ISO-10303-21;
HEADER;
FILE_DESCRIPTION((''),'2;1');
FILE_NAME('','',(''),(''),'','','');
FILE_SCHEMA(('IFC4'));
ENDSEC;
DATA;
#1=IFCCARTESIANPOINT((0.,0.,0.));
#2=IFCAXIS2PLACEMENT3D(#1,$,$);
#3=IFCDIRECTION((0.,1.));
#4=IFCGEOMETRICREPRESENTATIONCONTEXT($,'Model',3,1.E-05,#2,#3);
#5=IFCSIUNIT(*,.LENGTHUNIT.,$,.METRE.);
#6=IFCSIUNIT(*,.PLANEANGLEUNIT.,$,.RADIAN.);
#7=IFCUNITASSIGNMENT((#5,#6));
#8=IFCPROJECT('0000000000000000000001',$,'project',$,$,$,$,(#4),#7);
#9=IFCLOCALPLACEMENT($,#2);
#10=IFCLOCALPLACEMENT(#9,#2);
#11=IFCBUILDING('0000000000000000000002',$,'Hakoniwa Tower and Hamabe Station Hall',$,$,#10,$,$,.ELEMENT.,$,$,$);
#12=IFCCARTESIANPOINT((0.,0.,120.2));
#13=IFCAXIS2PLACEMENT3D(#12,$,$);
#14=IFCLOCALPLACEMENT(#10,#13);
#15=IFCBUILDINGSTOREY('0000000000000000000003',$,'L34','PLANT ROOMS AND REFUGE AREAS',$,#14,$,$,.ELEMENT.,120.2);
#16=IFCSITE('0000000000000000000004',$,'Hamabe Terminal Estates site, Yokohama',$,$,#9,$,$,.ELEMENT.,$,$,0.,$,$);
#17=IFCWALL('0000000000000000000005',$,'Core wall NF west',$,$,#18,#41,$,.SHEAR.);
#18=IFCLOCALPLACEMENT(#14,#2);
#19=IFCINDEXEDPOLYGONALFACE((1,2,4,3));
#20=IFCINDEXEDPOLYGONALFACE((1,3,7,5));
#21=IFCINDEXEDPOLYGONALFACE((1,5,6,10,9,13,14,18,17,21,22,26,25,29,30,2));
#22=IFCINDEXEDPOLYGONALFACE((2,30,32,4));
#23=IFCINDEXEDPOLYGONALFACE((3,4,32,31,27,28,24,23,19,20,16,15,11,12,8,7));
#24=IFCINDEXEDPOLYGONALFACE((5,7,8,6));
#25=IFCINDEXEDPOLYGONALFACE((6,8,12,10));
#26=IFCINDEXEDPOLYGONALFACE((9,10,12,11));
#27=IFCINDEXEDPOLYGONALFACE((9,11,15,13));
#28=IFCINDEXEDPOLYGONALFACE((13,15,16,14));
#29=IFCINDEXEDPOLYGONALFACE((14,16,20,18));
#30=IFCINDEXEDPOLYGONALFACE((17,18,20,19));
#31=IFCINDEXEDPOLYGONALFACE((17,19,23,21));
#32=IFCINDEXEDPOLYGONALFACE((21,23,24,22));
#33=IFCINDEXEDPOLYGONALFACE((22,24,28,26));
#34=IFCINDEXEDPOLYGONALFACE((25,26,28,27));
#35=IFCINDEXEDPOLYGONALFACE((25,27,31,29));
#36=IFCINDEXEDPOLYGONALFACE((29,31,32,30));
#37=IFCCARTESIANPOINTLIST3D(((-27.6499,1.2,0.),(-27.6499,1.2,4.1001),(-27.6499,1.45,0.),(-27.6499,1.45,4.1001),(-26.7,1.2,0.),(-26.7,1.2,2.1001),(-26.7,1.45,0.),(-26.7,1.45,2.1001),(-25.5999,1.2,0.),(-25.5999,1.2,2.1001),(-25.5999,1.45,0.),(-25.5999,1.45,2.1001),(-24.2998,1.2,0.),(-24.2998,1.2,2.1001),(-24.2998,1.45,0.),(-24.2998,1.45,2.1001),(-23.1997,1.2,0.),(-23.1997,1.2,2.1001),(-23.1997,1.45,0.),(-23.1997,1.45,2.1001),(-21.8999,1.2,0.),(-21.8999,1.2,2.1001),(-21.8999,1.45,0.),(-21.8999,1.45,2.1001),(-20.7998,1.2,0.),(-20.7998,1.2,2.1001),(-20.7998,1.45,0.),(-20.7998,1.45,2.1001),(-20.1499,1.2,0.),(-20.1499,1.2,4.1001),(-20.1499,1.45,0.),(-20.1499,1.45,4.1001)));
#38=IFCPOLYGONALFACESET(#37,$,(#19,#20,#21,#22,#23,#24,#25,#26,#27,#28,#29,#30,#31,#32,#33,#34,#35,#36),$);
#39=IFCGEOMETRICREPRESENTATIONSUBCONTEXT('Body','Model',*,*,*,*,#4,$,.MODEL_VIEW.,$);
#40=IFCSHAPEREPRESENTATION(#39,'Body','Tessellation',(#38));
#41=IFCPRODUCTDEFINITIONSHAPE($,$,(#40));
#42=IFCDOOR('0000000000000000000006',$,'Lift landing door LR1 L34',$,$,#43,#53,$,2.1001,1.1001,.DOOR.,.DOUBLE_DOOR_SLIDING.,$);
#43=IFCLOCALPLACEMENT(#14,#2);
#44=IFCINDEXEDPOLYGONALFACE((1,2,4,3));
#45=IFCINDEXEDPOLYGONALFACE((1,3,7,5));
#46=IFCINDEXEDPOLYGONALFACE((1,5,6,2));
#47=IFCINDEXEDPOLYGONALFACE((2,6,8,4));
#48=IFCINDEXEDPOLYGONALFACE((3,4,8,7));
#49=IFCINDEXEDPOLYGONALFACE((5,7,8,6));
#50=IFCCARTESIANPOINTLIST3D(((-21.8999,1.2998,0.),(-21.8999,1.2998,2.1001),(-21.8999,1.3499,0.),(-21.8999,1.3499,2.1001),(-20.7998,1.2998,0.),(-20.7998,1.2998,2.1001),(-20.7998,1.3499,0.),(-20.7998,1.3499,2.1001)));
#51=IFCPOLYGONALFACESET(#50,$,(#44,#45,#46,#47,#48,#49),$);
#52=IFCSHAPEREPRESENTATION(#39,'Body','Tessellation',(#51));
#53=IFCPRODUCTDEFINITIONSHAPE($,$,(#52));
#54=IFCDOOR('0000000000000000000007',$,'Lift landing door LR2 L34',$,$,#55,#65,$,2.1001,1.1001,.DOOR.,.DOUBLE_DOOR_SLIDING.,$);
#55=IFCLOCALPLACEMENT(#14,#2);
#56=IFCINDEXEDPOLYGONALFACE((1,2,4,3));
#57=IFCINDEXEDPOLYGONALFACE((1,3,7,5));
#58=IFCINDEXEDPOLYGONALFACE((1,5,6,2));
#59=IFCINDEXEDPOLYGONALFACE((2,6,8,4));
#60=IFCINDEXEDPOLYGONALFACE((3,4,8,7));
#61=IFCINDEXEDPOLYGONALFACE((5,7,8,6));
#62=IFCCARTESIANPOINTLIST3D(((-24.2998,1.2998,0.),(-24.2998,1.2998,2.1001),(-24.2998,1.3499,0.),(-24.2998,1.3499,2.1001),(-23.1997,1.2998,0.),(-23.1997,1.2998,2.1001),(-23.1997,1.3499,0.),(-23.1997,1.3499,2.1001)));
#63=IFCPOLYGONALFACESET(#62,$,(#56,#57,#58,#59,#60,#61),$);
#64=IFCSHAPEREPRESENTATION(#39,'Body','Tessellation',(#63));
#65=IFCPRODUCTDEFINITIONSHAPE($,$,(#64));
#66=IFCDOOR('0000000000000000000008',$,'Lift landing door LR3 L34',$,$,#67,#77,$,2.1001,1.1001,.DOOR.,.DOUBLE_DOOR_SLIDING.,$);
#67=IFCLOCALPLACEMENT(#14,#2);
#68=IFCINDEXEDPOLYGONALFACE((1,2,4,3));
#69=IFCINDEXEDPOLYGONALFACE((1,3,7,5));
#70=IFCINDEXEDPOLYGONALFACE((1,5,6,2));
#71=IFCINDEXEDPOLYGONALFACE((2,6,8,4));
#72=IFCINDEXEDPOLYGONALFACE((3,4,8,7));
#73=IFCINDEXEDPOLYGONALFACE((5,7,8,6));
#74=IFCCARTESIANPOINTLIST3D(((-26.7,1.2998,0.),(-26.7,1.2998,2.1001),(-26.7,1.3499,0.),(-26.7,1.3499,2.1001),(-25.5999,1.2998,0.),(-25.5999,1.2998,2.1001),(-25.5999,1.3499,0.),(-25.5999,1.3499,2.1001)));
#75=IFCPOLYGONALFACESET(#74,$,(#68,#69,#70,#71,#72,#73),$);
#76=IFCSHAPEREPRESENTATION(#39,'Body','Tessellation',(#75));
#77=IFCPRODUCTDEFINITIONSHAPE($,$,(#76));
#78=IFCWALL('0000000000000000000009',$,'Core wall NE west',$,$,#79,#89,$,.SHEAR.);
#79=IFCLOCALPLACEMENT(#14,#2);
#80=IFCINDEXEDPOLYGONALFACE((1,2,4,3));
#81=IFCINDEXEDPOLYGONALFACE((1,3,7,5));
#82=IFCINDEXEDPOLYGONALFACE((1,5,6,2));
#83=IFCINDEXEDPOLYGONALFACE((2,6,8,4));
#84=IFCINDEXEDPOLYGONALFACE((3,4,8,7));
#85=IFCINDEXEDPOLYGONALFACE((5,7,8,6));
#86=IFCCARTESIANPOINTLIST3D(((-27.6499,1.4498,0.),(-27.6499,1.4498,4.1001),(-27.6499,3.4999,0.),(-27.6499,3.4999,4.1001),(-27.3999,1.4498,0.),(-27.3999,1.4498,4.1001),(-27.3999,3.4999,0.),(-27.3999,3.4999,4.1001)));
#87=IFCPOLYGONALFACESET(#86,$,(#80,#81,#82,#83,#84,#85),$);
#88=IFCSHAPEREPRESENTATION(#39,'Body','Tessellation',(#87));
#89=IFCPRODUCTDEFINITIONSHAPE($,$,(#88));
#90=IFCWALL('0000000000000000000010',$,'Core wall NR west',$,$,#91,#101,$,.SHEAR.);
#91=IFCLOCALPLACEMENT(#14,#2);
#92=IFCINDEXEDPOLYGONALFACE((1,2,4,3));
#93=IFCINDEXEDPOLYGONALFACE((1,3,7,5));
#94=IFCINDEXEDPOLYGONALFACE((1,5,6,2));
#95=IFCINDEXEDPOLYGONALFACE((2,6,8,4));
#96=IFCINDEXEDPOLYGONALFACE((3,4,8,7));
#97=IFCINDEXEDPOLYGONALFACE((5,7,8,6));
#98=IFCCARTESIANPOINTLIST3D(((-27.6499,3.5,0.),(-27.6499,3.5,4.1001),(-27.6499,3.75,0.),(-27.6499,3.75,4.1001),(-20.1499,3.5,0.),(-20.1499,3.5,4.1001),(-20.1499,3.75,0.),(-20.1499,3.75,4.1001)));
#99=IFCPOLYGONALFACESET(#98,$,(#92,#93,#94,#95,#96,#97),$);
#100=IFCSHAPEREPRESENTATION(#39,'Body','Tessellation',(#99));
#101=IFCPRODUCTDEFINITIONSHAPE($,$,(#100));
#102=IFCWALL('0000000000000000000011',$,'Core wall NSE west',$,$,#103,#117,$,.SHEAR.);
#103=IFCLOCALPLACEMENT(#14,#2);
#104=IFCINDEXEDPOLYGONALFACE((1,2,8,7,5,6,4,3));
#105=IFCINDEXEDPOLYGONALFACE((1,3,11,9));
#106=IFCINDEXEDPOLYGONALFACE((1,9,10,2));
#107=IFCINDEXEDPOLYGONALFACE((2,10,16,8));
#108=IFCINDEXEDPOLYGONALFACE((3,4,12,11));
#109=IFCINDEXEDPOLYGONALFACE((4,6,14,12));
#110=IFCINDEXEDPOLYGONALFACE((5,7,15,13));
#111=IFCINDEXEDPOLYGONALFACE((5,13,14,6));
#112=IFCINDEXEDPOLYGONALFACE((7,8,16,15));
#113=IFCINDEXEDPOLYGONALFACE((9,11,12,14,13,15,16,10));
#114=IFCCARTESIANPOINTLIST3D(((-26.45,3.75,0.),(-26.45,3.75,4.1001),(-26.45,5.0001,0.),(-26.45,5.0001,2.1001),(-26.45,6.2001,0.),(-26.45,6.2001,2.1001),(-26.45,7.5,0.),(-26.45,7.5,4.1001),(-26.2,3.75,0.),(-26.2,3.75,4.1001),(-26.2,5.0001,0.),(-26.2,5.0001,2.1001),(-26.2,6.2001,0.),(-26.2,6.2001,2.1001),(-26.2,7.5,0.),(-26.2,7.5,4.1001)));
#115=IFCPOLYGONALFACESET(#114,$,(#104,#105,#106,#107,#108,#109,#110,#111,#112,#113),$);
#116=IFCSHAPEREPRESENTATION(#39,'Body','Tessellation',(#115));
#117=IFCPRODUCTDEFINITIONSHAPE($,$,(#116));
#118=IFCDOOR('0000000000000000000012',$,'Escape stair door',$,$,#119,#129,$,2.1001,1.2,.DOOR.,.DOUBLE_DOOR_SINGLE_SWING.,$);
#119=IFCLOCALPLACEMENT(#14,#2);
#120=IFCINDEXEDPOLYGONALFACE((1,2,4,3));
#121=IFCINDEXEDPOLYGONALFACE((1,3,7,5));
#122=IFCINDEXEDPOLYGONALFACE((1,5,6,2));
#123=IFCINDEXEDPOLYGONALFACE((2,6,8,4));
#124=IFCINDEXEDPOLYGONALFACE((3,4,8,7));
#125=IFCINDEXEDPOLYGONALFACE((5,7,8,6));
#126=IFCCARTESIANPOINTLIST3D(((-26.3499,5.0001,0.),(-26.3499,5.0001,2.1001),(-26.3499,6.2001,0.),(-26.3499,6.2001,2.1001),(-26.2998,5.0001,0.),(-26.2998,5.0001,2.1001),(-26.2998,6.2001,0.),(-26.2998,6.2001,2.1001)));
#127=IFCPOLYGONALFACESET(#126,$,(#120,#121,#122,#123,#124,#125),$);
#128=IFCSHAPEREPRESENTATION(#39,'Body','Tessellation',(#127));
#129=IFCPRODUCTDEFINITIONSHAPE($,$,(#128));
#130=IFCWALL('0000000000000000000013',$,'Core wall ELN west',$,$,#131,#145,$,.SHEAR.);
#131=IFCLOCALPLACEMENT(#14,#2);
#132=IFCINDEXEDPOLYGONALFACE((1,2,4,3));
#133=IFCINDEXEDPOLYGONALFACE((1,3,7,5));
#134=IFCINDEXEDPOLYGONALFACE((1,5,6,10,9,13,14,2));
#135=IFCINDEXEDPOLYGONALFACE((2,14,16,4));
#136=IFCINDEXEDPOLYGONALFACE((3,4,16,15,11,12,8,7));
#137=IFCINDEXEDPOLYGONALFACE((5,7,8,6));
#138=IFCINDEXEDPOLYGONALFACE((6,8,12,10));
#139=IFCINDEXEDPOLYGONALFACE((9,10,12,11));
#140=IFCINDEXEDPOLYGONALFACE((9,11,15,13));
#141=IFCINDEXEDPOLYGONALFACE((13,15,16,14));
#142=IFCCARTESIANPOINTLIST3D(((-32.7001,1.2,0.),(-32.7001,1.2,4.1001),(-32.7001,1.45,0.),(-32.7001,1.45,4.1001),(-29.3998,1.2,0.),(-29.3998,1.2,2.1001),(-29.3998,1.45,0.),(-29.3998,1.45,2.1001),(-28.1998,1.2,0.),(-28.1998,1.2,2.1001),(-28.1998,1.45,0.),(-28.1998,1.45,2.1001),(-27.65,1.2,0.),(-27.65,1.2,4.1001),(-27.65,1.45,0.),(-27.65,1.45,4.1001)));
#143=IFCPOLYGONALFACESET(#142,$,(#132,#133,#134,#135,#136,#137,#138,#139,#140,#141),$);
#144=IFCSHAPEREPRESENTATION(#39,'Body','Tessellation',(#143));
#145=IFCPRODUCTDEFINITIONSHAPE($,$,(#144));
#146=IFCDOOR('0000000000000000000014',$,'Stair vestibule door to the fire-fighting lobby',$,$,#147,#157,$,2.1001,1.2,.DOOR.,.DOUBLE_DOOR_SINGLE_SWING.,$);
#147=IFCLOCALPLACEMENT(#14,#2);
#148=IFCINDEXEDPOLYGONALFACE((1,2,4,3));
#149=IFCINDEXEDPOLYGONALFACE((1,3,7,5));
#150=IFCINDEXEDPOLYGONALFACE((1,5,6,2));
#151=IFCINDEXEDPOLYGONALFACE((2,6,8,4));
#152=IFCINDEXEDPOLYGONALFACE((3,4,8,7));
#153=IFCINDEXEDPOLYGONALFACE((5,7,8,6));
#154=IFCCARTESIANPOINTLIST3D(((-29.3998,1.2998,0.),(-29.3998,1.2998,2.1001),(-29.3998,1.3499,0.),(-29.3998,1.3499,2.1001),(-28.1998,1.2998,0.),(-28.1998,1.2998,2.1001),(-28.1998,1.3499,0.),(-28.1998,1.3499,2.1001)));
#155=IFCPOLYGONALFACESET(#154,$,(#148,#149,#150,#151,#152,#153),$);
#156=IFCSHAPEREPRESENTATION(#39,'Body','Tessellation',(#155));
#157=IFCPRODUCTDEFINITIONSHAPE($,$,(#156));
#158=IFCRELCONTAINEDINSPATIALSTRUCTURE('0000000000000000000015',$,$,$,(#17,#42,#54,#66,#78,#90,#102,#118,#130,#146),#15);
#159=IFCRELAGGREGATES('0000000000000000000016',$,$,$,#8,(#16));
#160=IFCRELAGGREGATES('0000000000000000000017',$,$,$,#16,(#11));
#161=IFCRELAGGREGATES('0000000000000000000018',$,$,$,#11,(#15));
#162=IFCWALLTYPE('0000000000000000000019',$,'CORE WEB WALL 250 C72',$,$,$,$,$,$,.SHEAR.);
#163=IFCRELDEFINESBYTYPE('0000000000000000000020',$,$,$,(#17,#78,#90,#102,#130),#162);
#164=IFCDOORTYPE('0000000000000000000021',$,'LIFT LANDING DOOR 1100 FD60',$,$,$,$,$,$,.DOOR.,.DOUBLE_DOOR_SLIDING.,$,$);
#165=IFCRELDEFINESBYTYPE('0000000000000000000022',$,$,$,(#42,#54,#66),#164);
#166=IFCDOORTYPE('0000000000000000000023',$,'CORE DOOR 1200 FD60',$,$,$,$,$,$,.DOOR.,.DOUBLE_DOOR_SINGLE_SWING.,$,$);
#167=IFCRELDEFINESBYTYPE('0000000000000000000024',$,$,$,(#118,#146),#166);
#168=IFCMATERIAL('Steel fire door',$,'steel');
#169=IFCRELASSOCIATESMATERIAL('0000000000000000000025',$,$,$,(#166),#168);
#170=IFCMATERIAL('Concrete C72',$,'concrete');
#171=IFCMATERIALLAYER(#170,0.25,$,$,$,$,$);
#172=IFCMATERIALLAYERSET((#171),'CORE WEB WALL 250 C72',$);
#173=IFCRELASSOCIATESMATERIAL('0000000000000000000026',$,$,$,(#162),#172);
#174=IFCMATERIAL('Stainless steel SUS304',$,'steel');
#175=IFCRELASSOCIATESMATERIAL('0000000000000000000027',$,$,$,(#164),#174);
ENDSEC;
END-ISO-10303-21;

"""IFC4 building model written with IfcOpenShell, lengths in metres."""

from ifc_helpers import new_model, si_unit, direction, frame, frame_2d, origin, place, context, subcontext, project, spatial, rectangle, extrude, material, layer, layer_set, type_object, element, fill, save


model = new_model("IFC4")

# Units and contexts
model_context = context("Model", 3, precision=1e-05, world=origin(), true_north=direction((0.0, 1.0)))
body_context = subcontext(model_context, "Body", "Model", "MODEL_VIEW")
ifc_project = project(units=[si_unit("LENGTHUNIT", "METRE"), si_unit("PLANEANGLEUNIT", "RADIAN")], contexts=[model_context])

# Site, building, storey
site_placement = place(None, origin())
site = spatial("IfcSite", under=ifc_project, at=site_placement, Name="Hamabe Terminal Estates site, Yokohama", CompositionType="ELEMENT", RefElevation=0.0)
building_placement = place(site_placement, origin())
building = spatial("IfcBuilding", under=site, at=building_placement, Name="Hakoniwa Tower and Hamabe Station Hall", CompositionType="ELEMENT")
storey_placement = place(building_placement, frame((0.0, 0.0, 120.2)))
storey = spatial("IfcBuildingStorey", under=building, at=storey_placement, Name="L34", Description="PLANT ROOMS AND REFUGE AREAS", CompositionType="ELEMENT", Elevation=120.2)

# Shared definitions
ifc_material_1 = material(Name="Steel fire door", Category="steel")
door_type_1 = type_object("IfcDoorType", Name="CORE DOOR 1200 FD60", OperationType="DOUBLE_DOOR_SINGLE_SWING", PredefinedType="DOOR", material=ifc_material_1)

# Wall, openings, doors
ifc_material_2 = material(Name="Concrete C72", Category="concrete")
ifc_layer_1 = layer(ifc_material_2, 0.25)
ifc_layer_set_1 = layer_set([ifc_layer_1], Name="CORE WEB WALL 250 C72")
wall_type_1 = type_object("IfcWallType", Name="CORE WEB WALL 250 C72", PredefinedType="SHEAR", material=ifc_layer_set_1)
wall_1_placement = place(storey_placement, frame((-27.6499, 1.325, 0.0), z_axis=(0.0, 0.0, 1.0), x_axis=(1.0, 0.0, 0.0)))
wall_1 = element("IfcWall", 1, at=wall_1_placement, inside=storey, type_object=wall_type_1, Name="Core wall NF west", PredefinedType="SHEAR", context=body_context, shape_type="SweptSolid", body=[
    extrude(rectangle(XDim=7.5, YDim=0.25, at=frame_2d((3.75, 0.0))), origin(), (0.0, 0.0, 1.0), 4.1001),
])
opening_1_placement = place(wall_1_placement, frame((5.75, 0.0, 0.0)))
opening_1 = element("IfcOpeningElement", 2, at=opening_1_placement, cuts=wall_1, PredefinedType="OPENING", context=body_context, shape_type="SweptSolid", body=[
    extrude(rectangle(XDim=1.1001, YDim=2.1001, at=frame_2d((0.55, 1.05))), frame((0.0, 0.135, 0.0), z_axis=(0.0, -1.0, 0.0), x_axis=(1.0, 0.0, 0.0)), (0.0, 0.0, 1.0), 0.27),
])
opening_2_placement = place(wall_1_placement, frame((3.3501, 0.0, 0.0)))
opening_2 = element("IfcOpeningElement", 3, at=opening_2_placement, cuts=wall_1, PredefinedType="OPENING", context=body_context, shape_type="SweptSolid", body=[
    extrude(rectangle(XDim=1.1001, YDim=2.1001, at=frame_2d((0.55, 1.05))), frame((0.0, 0.135, 0.0), z_axis=(0.0, -1.0, 0.0), x_axis=(1.0, 0.0, 0.0)), (0.0, 0.0, 1.0), 0.27),
])
opening_3_placement = place(wall_1_placement, frame((0.95, 0.0, 0.0)))
opening_3 = element("IfcOpeningElement", 4, at=opening_3_placement, cuts=wall_1, PredefinedType="OPENING", context=body_context, shape_type="SweptSolid", body=[
    extrude(rectangle(XDim=1.1001, YDim=2.1001, at=frame_2d((0.55, 1.05))), frame((0.0, 0.135, 0.0), z_axis=(0.0, -1.0, 0.0), x_axis=(1.0, 0.0, 0.0)), (0.0, 0.0, 1.0), 0.27),
])
ifc_material_3 = material(Name="Stainless steel SUS304", Category="steel")
door_type_2 = type_object("IfcDoorType", Name="LIFT LANDING DOOR 1100 FD60", OperationType="DOUBLE_DOOR_SLIDING", PredefinedType="DOOR", material=ifc_material_3)
door_1_placement = place(opening_1_placement, origin())
door_1 = element("IfcDoor", 5, at=door_1_placement, inside=storey, type_object=door_type_2, Name="Lift landing door LR1 L34", OperationType="DOUBLE_DOOR_SLIDING", OverallHeight=2.1001, OverallWidth=1.1001, PredefinedType="DOOR", context=body_context, shape_type="SweptSolid", body=[
    extrude(rectangle(XDim=1.1001, YDim=2.1001, at=frame_2d((0.55, 1.05))), frame((0.0, 0.0249, 0.0), z_axis=(0.0, -1.0, 0.0), x_axis=(1.0, 0.0, 0.0)), (0.0, 0.0, 1.0), 0.05),
])
fill(opening_1, door_1)
door_2_placement = place(opening_2_placement, origin())
door_2 = element("IfcDoor", 6, at=door_2_placement, inside=storey, type_object=door_type_2, Name="Lift landing door LR2 L34", OperationType="DOUBLE_DOOR_SLIDING", OverallHeight=2.1001, OverallWidth=1.1001, PredefinedType="DOOR", context=body_context, shape_type="SweptSolid", body=[
    extrude(rectangle(XDim=1.1001, YDim=2.1001, at=frame_2d((0.55, 1.05))), frame((0.0, 0.0249, 0.0), z_axis=(0.0, -1.0, 0.0), x_axis=(1.0, 0.0, 0.0)), (0.0, 0.0, 1.0), 0.05),
])
fill(opening_2, door_2)
door_3_placement = place(opening_3_placement, origin())
door_3 = element("IfcDoor", 7, at=door_3_placement, inside=storey, type_object=door_type_2, Name="Lift landing door LR3 L34", OperationType="DOUBLE_DOOR_SLIDING", OverallHeight=2.1001, OverallWidth=1.1001, PredefinedType="DOOR", context=body_context, shape_type="SweptSolid", body=[
    extrude(rectangle(XDim=1.1001, YDim=2.1001, at=frame_2d((0.55, 1.05))), frame((0.0, 0.0249, 0.0), z_axis=(0.0, -1.0, 0.0), x_axis=(1.0, 0.0, 0.0)), (0.0, 0.0, 1.0), 0.05),
])
fill(opening_3, door_3)

# Walls
wall_2_placement = place(storey_placement, frame((-27.5249, 1.45, 0.0), z_axis=(0.0, 0.0, 1.0), x_axis=(0.0, 1.0, 0.0)))
element("IfcWall", 8, at=wall_2_placement, inside=storey, type_object=wall_type_1, Name="Core wall NE west", PredefinedType="SHEAR", context=body_context, shape_type="SweptSolid", body=[
    extrude(rectangle(XDim=2.05, YDim=0.25, at=frame_2d((1.0249, 0.0))), origin(), (0.0, 0.0, 1.0), 4.1001),
])
wall_3_placement = place(storey_placement, frame((-27.6499, 3.625, 0.0), z_axis=(0.0, 0.0, 1.0), x_axis=(1.0, 0.0, 0.0)))
element("IfcWall", 9, at=wall_3_placement, inside=storey, type_object=wall_type_1, Name="Core wall NR west", PredefinedType="SHEAR", context=body_context, shape_type="SweptSolid", body=[
    extrude(rectangle(XDim=7.5, YDim=0.25, at=frame_2d((3.75, 0.0))), origin(), (0.0, 0.0, 1.0), 4.1001),
])

# Walls, openings, doors
wall_4_placement = place(storey_placement, frame((-26.325, 3.75, 0.0), z_axis=(0.0, 0.0, 1.0), x_axis=(0.0, 1.0, 0.0)))
wall_4 = element("IfcWall", 10, at=wall_4_placement, inside=storey, type_object=wall_type_1, Name="Core wall NSE west", PredefinedType="SHEAR", context=body_context, shape_type="SweptSolid", body=[
    extrude(rectangle(XDim=3.75, YDim=0.25, at=frame_2d((1.875, 0.0))), origin(), (0.0, 0.0, 1.0), 4.1001),
])
opening_4_placement = place(wall_4_placement, frame((1.25, 0.0, 0.0)))
opening_4 = element("IfcOpeningElement", 11, at=opening_4_placement, cuts=wall_4, PredefinedType="OPENING", context=body_context, shape_type="SweptSolid", body=[
    extrude(rectangle(XDim=1.2, YDim=2.1001, at=frame_2d((0.6001, 1.05))), frame((0.0, 0.135, 0.0), z_axis=(0.0, -1.0, 0.0), x_axis=(1.0, 0.0, 0.0)), (0.0, 0.0, 1.0), 0.27),
])
door_4_placement = place(opening_4_placement, origin())
door_4 = element("IfcDoor", 12, at=door_4_placement, inside=storey, type_object=door_type_1, Name="Escape stair door", OperationType="DOUBLE_DOOR_SINGLE_SWING", OverallHeight=2.1001, OverallWidth=1.2, PredefinedType="DOOR", context=body_context, shape_type="SweptSolid", body=[
    extrude(rectangle(XDim=1.2, YDim=2.1001, at=frame_2d((0.6001, 1.05))), frame((0.0, 0.0249, 0.0), z_axis=(0.0, -1.0, 0.0), x_axis=(1.0, 0.0, 0.0)), (0.0, 0.0, 1.0), 0.05),
])
fill(opening_4, door_4)
wall_5_placement = place(storey_placement, frame((-32.7, 1.325, 0.0), z_axis=(0.0, 0.0, 1.0), x_axis=(1.0, 0.0, 0.0)))
wall_5 = element("IfcWall", 13, at=wall_5_placement, inside=storey, type_object=wall_type_1, Name="Core wall ELN west", PredefinedType="SHEAR", context=body_context, shape_type="SweptSolid", body=[
    extrude(rectangle(XDim=5.05, YDim=0.25, at=frame_2d((2.5249, 0.0))), origin(), (0.0, 0.0, 1.0), 4.1001),
])
opening_5_placement = place(wall_5_placement, frame((3.3, 0.0, 0.0)))
opening_5 = element("IfcOpeningElement", 14, at=opening_5_placement, cuts=wall_5, PredefinedType="OPENING", context=body_context, shape_type="SweptSolid", body=[
    extrude(rectangle(XDim=1.2, YDim=2.1001, at=frame_2d((0.6001, 1.05))), frame((0.0, 0.135, 0.0), z_axis=(0.0, -1.0, 0.0), x_axis=(1.0, 0.0, 0.0)), (0.0, 0.0, 1.0), 0.27),
])
door_5_placement = place(opening_5_placement, origin())
door_5 = element("IfcDoor", 15, at=door_5_placement, inside=storey, type_object=door_type_1, Name="Stair vestibule door to the fire-fighting lobby", OperationType="DOUBLE_DOOR_SINGLE_SWING", OverallHeight=2.1001, OverallWidth=1.2, PredefinedType="DOOR", context=body_context, shape_type="SweptSolid", body=[
    extrude(rectangle(XDim=1.2, YDim=2.1001, at=frame_2d((0.6001, 1.05))), frame((0.0, 0.0249, 0.0), z_axis=(0.0, -1.0, 0.0), x_axis=(1.0, 0.0, 0.0)), (0.0, 0.0, 1.0), 0.05),
])
fill(opening_5, door_5)

save(model, "model.ifc")
